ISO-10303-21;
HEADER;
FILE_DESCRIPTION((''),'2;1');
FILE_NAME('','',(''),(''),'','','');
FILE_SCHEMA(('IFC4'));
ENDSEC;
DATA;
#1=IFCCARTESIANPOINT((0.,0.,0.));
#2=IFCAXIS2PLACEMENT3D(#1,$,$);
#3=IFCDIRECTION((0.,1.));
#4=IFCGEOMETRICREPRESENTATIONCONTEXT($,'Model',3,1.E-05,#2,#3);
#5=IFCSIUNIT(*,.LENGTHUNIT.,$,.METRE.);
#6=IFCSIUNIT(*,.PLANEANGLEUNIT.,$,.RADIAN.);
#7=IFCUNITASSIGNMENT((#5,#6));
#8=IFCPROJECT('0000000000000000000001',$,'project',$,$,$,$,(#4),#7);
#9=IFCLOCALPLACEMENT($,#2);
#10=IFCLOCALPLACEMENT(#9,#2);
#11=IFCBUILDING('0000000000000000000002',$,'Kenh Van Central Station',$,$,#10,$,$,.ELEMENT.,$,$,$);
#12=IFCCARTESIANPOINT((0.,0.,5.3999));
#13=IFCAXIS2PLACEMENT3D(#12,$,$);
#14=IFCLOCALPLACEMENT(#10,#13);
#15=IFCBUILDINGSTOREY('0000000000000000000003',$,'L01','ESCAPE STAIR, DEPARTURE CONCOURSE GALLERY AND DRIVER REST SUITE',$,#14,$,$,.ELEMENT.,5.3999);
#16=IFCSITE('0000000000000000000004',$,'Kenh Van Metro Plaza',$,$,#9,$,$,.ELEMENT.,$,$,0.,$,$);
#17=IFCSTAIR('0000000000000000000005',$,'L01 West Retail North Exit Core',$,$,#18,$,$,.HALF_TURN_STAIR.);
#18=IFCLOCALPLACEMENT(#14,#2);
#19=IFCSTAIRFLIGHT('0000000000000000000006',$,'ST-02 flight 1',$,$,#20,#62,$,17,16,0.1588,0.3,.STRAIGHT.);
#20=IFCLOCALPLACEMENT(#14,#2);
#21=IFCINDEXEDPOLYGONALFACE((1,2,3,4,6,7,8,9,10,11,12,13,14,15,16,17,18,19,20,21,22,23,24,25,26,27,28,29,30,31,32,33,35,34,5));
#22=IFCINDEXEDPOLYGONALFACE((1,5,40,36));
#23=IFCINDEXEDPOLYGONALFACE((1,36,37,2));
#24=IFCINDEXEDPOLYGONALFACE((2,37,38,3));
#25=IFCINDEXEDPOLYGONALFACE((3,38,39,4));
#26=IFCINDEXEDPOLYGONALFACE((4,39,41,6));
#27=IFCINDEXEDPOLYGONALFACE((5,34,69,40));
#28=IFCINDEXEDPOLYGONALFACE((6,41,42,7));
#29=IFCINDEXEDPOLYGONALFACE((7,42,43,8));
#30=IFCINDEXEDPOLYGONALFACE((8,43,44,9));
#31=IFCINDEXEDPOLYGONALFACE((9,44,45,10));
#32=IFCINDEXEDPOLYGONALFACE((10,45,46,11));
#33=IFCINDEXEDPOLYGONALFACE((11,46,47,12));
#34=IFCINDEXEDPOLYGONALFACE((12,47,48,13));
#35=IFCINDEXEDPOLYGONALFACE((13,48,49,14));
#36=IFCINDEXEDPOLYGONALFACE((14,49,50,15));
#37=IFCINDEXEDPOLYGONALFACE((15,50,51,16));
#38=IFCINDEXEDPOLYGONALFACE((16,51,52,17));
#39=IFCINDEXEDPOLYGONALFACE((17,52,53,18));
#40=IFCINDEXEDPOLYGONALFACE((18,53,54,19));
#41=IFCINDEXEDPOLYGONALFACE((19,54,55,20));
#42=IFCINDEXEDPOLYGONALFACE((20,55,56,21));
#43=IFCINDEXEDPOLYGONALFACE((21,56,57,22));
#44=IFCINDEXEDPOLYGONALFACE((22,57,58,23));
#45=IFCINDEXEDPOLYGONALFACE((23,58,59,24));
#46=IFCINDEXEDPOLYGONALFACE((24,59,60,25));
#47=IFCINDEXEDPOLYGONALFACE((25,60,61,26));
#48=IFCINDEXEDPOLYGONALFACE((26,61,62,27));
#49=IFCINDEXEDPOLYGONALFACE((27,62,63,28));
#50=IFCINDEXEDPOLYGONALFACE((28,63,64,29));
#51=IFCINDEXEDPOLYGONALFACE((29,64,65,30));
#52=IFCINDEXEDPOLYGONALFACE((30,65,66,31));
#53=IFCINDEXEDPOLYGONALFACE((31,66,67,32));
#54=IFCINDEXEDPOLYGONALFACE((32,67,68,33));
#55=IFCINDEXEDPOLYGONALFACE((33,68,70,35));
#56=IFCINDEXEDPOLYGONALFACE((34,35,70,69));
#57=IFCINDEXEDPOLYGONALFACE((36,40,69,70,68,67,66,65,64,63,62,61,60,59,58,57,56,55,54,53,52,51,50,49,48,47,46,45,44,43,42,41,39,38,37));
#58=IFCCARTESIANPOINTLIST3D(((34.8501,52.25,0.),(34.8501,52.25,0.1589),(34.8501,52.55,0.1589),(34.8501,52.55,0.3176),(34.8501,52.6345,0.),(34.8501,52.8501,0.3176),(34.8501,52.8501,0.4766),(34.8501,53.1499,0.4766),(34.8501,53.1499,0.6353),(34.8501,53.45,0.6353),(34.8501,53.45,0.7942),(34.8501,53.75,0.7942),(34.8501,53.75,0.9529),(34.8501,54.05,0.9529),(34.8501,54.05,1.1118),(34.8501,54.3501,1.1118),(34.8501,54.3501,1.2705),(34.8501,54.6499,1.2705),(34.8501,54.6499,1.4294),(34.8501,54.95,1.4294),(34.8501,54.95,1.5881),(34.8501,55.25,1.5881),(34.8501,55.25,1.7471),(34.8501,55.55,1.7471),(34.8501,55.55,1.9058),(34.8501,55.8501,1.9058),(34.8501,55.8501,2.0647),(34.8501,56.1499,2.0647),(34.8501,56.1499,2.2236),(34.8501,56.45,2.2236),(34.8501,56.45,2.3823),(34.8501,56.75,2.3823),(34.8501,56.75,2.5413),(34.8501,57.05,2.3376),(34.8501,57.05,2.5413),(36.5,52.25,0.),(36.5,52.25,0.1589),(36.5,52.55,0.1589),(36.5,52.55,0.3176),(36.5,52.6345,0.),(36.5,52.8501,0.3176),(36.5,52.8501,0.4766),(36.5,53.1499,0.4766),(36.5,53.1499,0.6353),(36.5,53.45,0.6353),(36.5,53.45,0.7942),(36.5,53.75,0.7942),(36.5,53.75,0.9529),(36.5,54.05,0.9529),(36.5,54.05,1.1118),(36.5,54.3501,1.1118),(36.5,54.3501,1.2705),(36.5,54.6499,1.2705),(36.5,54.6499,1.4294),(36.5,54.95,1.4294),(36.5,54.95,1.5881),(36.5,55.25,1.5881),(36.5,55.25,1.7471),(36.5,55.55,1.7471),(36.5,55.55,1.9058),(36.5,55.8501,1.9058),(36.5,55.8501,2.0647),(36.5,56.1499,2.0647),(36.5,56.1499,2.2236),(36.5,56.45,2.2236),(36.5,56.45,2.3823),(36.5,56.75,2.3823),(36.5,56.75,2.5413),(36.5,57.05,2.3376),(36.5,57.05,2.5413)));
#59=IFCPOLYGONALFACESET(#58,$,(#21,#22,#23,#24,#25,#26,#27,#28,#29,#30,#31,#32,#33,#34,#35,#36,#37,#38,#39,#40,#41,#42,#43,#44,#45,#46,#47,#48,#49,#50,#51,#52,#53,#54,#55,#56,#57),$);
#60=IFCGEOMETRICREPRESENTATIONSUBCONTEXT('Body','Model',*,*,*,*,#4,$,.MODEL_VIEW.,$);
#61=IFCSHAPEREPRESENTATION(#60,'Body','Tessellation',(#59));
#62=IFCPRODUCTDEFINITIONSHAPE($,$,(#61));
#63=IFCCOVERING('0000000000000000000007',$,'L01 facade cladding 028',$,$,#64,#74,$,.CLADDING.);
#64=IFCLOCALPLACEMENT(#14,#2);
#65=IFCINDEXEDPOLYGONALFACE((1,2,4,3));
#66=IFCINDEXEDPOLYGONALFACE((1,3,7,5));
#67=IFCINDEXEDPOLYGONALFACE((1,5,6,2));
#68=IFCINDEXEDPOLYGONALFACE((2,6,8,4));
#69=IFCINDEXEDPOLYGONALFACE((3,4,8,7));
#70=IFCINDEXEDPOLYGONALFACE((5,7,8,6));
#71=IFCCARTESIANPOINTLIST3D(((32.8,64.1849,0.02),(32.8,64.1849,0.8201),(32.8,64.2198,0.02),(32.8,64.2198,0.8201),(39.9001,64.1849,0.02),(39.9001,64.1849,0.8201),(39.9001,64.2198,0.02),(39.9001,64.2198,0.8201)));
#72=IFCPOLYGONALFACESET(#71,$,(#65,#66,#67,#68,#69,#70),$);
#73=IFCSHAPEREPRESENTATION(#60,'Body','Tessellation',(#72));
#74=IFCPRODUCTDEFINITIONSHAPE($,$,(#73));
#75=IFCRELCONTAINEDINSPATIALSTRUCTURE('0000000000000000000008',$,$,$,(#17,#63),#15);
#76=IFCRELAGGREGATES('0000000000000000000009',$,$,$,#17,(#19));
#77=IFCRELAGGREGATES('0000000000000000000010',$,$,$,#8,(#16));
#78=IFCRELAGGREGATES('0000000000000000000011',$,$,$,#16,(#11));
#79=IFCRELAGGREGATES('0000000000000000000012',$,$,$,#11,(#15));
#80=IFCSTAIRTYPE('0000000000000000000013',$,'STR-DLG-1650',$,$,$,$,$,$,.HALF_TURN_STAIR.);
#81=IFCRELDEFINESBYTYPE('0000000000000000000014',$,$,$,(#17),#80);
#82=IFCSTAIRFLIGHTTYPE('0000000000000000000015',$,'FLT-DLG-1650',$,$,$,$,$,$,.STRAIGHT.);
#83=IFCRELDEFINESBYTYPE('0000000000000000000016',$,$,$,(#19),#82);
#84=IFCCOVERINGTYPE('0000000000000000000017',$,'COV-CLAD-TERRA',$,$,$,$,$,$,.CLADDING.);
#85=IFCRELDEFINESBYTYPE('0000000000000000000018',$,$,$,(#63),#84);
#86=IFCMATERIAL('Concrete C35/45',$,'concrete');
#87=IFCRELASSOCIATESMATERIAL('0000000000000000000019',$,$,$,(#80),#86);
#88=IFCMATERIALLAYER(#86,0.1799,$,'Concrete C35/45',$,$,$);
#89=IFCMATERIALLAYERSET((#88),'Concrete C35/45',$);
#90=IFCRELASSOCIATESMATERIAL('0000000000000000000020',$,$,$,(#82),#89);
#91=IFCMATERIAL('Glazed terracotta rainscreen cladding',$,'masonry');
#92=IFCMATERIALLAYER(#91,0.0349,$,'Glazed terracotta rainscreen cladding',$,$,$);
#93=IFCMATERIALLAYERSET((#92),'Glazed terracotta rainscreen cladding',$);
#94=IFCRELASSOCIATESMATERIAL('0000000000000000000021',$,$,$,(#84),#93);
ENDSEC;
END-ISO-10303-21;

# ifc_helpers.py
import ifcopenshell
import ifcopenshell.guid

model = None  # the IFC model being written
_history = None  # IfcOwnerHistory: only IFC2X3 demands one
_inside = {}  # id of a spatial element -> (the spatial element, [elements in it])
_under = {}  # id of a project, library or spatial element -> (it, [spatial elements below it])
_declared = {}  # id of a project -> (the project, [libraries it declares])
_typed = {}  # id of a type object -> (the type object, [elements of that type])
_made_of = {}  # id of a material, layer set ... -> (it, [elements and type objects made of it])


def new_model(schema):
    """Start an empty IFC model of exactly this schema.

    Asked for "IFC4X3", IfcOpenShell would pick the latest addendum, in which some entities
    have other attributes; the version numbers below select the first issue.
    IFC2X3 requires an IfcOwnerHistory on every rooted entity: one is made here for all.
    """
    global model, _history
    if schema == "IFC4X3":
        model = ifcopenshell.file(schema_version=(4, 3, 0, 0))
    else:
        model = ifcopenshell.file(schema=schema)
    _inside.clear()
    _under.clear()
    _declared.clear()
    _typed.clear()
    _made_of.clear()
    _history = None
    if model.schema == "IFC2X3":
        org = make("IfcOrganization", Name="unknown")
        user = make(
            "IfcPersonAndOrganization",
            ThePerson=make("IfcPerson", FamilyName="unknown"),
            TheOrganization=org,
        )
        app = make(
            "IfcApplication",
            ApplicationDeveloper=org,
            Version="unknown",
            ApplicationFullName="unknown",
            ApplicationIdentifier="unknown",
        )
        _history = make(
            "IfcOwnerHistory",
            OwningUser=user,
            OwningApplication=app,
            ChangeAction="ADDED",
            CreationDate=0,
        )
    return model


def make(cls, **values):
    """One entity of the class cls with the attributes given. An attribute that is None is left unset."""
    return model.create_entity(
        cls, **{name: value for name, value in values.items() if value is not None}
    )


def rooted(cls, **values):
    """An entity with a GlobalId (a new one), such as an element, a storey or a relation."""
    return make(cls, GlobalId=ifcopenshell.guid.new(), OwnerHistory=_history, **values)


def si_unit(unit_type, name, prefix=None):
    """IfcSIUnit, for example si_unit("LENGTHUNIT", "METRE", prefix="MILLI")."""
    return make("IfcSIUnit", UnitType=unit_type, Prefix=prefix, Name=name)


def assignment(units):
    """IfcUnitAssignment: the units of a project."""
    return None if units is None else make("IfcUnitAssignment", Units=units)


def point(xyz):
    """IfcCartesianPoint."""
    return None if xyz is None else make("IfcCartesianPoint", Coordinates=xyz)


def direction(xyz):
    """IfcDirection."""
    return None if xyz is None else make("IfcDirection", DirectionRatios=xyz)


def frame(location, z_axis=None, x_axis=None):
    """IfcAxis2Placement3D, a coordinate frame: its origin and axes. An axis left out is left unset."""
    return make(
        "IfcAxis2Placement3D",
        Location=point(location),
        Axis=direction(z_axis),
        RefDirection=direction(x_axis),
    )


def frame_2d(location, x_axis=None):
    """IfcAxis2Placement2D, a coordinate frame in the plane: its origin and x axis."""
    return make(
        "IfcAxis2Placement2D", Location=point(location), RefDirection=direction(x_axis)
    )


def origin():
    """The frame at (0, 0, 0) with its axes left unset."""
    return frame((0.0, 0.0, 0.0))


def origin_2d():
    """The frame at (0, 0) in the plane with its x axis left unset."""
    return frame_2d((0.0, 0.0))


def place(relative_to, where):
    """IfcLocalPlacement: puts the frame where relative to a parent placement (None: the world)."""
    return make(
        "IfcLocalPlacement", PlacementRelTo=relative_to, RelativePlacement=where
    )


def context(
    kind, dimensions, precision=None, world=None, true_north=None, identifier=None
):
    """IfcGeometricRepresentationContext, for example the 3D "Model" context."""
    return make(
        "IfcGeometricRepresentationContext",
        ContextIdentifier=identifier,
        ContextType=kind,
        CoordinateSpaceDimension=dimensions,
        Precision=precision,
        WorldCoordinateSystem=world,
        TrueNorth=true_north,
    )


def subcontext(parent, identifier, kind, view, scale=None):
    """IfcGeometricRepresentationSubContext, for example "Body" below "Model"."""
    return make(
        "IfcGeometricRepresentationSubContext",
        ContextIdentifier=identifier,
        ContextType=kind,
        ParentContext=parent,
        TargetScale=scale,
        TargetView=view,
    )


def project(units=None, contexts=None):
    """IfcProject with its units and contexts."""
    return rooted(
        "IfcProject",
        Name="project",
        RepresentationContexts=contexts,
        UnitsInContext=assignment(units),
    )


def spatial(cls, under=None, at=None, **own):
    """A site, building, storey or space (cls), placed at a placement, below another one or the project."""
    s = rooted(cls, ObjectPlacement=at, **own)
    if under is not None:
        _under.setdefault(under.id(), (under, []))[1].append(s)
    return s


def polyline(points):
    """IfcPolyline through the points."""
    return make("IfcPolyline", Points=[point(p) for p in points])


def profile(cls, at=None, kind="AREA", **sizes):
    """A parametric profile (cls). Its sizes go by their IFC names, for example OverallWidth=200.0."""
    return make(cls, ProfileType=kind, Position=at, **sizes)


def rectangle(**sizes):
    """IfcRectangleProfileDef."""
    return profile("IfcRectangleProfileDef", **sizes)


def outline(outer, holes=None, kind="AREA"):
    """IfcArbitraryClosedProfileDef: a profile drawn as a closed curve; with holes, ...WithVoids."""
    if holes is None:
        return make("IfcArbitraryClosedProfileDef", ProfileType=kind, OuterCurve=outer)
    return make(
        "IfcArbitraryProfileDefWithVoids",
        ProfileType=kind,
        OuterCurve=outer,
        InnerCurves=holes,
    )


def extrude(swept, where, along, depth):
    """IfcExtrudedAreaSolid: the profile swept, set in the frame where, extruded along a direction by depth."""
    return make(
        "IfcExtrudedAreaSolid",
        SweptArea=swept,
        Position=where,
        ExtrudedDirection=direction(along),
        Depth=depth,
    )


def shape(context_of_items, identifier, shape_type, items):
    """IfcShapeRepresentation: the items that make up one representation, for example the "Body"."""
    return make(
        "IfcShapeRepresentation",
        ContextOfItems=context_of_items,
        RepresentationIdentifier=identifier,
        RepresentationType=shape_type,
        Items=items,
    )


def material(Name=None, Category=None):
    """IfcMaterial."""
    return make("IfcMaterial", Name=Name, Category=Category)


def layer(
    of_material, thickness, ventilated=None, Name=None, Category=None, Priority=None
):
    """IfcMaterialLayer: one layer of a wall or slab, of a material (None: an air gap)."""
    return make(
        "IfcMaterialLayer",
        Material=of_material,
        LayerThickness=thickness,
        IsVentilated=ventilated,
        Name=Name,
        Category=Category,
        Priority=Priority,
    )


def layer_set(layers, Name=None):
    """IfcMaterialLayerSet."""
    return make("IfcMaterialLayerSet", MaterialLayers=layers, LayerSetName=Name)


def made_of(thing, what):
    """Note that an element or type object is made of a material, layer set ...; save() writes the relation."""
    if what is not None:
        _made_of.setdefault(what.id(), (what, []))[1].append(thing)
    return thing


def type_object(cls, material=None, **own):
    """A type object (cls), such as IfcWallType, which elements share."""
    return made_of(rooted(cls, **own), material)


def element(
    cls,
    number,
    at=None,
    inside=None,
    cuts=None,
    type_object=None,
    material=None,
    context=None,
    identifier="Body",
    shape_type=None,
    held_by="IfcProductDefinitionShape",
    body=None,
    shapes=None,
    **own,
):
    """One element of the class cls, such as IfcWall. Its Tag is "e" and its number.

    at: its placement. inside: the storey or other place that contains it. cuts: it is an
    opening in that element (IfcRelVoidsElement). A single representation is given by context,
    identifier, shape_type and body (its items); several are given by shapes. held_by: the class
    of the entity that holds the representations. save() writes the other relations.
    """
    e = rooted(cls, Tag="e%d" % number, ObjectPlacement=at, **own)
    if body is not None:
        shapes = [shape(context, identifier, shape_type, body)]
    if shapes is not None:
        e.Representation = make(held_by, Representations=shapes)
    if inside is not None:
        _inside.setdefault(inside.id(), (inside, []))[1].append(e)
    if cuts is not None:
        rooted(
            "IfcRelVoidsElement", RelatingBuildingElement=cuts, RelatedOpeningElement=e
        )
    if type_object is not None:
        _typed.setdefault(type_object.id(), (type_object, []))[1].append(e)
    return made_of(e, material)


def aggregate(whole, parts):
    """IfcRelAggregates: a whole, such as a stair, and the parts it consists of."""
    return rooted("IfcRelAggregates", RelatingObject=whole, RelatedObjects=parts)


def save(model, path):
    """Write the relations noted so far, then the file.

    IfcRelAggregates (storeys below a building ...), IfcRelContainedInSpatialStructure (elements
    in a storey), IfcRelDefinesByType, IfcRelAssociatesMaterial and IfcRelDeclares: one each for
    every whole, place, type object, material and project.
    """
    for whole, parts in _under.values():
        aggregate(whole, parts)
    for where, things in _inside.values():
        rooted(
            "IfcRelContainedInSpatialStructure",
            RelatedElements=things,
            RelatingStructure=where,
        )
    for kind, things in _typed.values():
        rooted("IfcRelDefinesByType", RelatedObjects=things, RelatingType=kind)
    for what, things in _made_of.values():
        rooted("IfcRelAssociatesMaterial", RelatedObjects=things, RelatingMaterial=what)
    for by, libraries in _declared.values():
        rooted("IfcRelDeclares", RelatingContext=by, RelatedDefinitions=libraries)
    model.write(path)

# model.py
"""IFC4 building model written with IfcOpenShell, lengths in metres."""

from ifc_helpers import new_model, si_unit, direction, frame, origin, origin_2d, place, context, subcontext, project, spatial, polyline, rectangle, outline, extrude, material, layer, layer_set, type_object, element, aggregate, save


model = new_model("IFC4")

# Units and contexts
model_context = context("Model", 3, precision=1e-05, world=origin(), true_north=direction((0.0, 1.0)))
body_context = subcontext(model_context, "Body", "Model", "MODEL_VIEW")
ifc_project = project(units=[si_unit("LENGTHUNIT", "METRE"), si_unit("PLANEANGLEUNIT", "RADIAN")], contexts=[model_context])

# Site, building, storey
site_placement = place(None, origin())
site = spatial("IfcSite", under=ifc_project, at=site_placement, Name="Kenh Van Metro Plaza", CompositionType="ELEMENT", RefElevation=0.0)
building_placement = place(site_placement, origin())
building = spatial("IfcBuilding", under=site, at=building_placement, Name="Kenh Van Central Station", CompositionType="ELEMENT")
storey_placement = place(building_placement, frame((0.0, 0.0, 5.3999)))
storey = spatial("IfcBuildingStorey", under=building, at=storey_placement, Name="L01", Description="ESCAPE STAIR, DEPARTURE CONCOURSE GALLERY AND DRIVER REST SUITE", CompositionType="ELEMENT", Elevation=5.3999)

# Shared definitions
ifc_material_1 = material(Name="Concrete C35/45", Category="concrete")

# Stair, stair flight
stair_type = type_object("IfcStairType", Name="STR-DLG-1650", PredefinedType="HALF_TURN_STAIR", material=ifc_material_1)
stair_placement = place(storey_placement, origin())
stair = element("IfcStair", 1, at=stair_placement, inside=storey, type_object=stair_type, Name="L01 West Retail North Exit Core", PredefinedType="HALF_TURN_STAIR")
ifc_layer_1 = layer(ifc_material_1, 0.1799, Name="Concrete C35/45")
ifc_layer_set_1 = layer_set([ifc_layer_1], Name="Concrete C35/45")
stair_flight_type = type_object("IfcStairFlightType", Name="FLT-DLG-1650", PredefinedType="STRAIGHT", material=ifc_layer_set_1)
stair_flight_placement = place(storey_placement, frame((35.675, 52.25, 0.0), z_axis=(0.0, 0.0, 1.0), x_axis=(0.0, 1.0, 0.0)))
stair_flight = element("IfcStairFlight", 2, at=stair_flight_placement, type_object=stair_flight_type, Name="ST-02 flight 1", NumberOfRisers=17, NumberOfTreads=16, PredefinedType="STRAIGHT", RiserHeight=0.1588, TreadLength=0.3, context=body_context, shape_type="SweptSolid", body=[
    extrude(outline(polyline([(0.0, 0.0), (0.0, 0.1589), (0.3, 0.1589), (0.3, 0.3176), (0.6001, 0.3176), (0.6001, 0.4766), (0.8999, 0.4766), (0.8999, 0.6353), (1.2, 0.6353), (1.2, 0.7942), (1.5, 0.7942), (1.5, 0.9529), (1.8, 0.9529), (1.8, 1.1118), (2.1001, 1.1118), (2.1001, 1.2705), (2.3999, 1.2705), (2.3999, 1.4294), (2.7, 1.4294), (2.7, 1.5881), (3.0, 1.5881), (3.0, 1.7471), (3.3, 1.7471), (3.3, 1.9058), (3.6001, 1.9058), (3.6001, 2.0647), (3.8999, 2.0647), (3.8999, 2.2236), (4.2, 2.2236), (4.2, 2.3823), (4.5, 2.3823), (4.5, 2.5413), (4.8, 2.5413), (4.8, 2.7), (4.8, 2.3376), (0.3845, 0.0), (0.0, 0.0)])), frame((0.0, 0.825, 0.0), z_axis=(0.0, -1.0, 0.0), x_axis=(1.0, 0.0, 0.0)), (0.0, 0.0, 1.0), 1.6499),
])
aggregate(stair, [stair_flight])

# Covering
ifc_material_2 = material(Name="Glazed terracotta rainscreen cladding", Category="masonry")
ifc_layer_2 = layer(ifc_material_2, 0.0349, Name="Glazed terracotta rainscreen cladding")
ifc_layer_set_2 = layer_set([ifc_layer_2], Name="Glazed terracotta rainscreen cladding")
covering_type = type_object("IfcCoveringType", Name="COV-CLAD-TERRA", PredefinedType="CLADDING", material=ifc_layer_set_2)
covering_placement = place(storey_placement, frame((36.3501, 64.2024, 0.02), z_axis=(0.0, 0.0, 1.0), x_axis=(-1.0, 0.0, 0.0)))
element("IfcCovering", 3, at=covering_placement, inside=storey, type_object=covering_type, Name="L01 facade cladding 028", PredefinedType="CLADDING", context=body_context, shape_type="SweptSolid", body=[
    extrude(rectangle(XDim=7.1001, YDim=0.0349, at=origin_2d()), origin(), (0.0, 0.0, 1.0), 0.8),
])

save(model, "model.ifc")
